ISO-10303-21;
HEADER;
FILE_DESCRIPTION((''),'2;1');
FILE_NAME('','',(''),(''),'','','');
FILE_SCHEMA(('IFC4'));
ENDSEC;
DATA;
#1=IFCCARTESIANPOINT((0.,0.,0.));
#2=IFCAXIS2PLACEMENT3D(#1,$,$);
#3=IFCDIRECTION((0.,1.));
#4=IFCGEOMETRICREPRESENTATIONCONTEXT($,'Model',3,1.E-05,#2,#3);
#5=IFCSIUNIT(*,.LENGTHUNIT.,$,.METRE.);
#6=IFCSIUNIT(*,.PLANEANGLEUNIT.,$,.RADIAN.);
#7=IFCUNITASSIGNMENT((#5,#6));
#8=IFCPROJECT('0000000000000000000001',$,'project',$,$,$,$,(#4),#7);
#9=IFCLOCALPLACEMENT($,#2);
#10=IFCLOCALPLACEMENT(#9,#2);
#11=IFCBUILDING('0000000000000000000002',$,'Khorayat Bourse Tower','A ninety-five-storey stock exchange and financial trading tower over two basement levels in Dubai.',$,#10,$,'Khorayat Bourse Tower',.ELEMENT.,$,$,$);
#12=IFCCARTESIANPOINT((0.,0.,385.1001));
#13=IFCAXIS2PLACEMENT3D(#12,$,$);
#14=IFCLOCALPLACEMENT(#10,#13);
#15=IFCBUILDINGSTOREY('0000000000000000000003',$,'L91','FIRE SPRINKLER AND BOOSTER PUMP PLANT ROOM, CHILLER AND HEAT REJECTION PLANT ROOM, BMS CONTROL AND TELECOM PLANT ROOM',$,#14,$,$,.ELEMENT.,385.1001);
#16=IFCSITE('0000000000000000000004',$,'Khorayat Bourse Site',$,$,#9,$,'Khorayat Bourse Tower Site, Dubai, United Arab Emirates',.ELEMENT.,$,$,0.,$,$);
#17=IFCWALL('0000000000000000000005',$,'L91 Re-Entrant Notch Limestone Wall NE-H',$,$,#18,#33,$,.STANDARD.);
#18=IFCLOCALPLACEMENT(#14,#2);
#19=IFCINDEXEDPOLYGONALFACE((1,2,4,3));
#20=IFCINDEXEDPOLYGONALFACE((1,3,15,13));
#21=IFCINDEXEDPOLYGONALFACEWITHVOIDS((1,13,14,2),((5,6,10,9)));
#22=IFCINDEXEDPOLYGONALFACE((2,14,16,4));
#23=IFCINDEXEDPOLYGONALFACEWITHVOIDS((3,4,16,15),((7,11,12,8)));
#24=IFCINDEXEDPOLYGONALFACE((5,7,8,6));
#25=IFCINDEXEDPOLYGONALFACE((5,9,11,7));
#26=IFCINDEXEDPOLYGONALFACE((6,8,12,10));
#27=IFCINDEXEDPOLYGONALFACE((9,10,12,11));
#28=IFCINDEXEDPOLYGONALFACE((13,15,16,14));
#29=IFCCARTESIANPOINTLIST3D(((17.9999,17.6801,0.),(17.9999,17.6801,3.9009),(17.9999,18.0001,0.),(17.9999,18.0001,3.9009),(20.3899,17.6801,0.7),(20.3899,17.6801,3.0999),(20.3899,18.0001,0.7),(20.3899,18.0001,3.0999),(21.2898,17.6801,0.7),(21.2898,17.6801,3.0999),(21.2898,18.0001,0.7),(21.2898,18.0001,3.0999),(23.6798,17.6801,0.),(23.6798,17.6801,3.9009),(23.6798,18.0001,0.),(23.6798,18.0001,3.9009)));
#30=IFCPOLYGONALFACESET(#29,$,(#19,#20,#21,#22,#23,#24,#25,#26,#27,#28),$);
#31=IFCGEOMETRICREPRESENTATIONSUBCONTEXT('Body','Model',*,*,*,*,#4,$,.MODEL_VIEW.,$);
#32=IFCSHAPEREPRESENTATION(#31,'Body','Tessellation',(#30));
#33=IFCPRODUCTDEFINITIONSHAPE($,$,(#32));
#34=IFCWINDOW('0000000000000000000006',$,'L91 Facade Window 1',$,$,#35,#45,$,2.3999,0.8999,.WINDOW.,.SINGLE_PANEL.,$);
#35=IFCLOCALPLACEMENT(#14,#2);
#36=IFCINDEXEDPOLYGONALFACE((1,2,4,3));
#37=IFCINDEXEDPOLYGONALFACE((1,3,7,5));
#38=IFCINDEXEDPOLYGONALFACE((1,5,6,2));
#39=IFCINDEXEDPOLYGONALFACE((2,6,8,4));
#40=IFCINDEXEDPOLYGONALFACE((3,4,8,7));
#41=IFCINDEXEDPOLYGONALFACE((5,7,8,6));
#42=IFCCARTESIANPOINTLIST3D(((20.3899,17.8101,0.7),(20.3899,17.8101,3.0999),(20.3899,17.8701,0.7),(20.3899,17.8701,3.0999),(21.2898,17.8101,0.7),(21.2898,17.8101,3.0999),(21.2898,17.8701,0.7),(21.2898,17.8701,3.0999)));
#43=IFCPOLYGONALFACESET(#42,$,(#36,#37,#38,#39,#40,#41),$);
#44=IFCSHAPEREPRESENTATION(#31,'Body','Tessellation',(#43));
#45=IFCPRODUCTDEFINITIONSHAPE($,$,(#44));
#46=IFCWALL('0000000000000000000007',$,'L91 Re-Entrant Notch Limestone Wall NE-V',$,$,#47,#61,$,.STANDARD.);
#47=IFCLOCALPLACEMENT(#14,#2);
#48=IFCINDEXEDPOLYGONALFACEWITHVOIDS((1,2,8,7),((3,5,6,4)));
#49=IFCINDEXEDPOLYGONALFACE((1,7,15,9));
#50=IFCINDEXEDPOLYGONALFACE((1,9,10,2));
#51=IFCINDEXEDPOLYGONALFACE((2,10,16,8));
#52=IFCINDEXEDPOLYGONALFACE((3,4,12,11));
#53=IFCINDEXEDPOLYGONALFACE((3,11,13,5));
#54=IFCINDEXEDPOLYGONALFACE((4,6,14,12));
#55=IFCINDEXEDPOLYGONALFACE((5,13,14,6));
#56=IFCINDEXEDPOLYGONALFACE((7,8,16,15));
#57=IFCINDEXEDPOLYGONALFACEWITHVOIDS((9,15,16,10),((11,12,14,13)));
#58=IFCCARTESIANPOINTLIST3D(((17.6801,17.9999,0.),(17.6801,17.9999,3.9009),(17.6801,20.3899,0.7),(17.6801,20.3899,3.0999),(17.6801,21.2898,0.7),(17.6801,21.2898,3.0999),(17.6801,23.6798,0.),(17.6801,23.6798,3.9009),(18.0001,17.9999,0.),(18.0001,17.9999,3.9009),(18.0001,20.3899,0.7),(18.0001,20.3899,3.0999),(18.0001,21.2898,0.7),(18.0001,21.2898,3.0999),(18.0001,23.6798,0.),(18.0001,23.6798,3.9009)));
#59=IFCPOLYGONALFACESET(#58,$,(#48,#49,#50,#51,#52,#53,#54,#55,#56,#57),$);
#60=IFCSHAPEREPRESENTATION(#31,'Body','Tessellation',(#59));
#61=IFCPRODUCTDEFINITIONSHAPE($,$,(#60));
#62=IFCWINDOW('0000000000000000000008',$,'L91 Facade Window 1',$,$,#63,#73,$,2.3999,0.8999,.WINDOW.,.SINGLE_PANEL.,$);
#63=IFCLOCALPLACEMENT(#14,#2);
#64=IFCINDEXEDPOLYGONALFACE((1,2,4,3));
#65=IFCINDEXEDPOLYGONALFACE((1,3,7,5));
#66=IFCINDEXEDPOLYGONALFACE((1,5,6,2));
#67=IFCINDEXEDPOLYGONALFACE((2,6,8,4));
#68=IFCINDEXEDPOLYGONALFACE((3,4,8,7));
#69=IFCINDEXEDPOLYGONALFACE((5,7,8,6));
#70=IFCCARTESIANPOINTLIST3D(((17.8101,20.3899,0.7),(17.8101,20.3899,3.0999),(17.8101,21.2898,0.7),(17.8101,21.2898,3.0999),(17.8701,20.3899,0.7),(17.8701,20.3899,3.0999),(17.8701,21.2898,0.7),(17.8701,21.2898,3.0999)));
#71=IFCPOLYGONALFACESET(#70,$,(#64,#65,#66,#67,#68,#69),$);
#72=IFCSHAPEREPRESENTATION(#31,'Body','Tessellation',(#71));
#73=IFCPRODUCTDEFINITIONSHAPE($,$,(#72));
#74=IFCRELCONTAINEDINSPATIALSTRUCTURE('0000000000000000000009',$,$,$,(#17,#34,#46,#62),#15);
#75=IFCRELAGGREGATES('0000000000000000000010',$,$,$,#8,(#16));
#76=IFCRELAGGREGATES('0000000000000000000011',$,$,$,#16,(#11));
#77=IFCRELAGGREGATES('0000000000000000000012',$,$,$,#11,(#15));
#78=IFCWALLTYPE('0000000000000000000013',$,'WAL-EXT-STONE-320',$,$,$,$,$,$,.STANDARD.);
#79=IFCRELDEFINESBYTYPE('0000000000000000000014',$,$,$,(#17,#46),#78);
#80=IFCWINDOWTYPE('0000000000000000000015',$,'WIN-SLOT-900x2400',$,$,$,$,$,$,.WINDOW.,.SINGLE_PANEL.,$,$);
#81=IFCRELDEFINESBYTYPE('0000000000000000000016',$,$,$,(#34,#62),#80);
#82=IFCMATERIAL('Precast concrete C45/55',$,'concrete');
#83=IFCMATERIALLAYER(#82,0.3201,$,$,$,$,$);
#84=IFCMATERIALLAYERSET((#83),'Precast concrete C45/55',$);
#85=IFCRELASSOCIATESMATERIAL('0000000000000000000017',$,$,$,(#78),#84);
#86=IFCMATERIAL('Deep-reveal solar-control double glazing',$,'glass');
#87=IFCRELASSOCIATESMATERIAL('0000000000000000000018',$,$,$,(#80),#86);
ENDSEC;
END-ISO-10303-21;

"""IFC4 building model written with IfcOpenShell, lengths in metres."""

from ifc_helpers import new_model, si_unit, direction, frame, frame_2d, origin, place, context, subcontext, project, spatial, rectangle, extrude, source, transform, mapped, material, layer, layer_set, type_object, element, fill, save


model = new_model("IFC4")

# Units and contexts
model_context = context("Model", 3, precision=1e-05, world=origin(), true_north=direction((0.0, 1.0)))
body_context = subcontext(model_context, "Body", "Model", "MODEL_VIEW")
ifc_project = project(units=[si_unit("LENGTHUNIT", "METRE"), si_unit("PLANEANGLEUNIT", "RADIAN")], contexts=[model_context])

# Site, building, storey
site_placement = place(None, origin())
site = spatial("IfcSite", under=ifc_project, at=site_placement, Name="Khorayat Bourse Site", LongName="Khorayat Bourse Tower Site, Dubai, United Arab Emirates", CompositionType="ELEMENT", RefElevation=0.0)
building_placement = place(site_placement, origin())
building = spatial("IfcBuilding", under=site, at=building_placement, Name="Khorayat Bourse Tower", Description="A ninety-five-storey stock exchange and financial trading tower over two basement levels in Dubai.", LongName="Khorayat Bourse Tower", CompositionType="ELEMENT")
storey_placement = place(building_placement, frame((0.0, 0.0, 385.1001)))
storey = spatial("IfcBuildingStorey", under=building, at=storey_placement, Name="L91", Description="FIRE SPRINKLER AND BOOSTER PUMP PLANT ROOM, CHILLER AND HEAT REJECTION PLANT ROOM, BMS CONTROL AND TELECOM PLANT ROOM", CompositionType="ELEMENT", Elevation=385.1001)

# Walls, openings, windows
ifc_material_1 = material(Name="Precast concrete C45/55", Category="concrete")
ifc_layer_1 = layer(ifc_material_1, 0.3201)
ifc_layer_set_1 = layer_set([ifc_layer_1], Name="Precast concrete C45/55")
wall_type = type_object("IfcWallType", Name="WAL-EXT-STONE-320", PredefinedType="STANDARD", material=ifc_layer_set_1)
shared_shape_1 = source(origin(), body_context, "Body", "SweptSolid", [
    extrude(rectangle(XDim=5.6799, YDim=0.3201, at=frame_2d((2.8398, 0.0))), origin(), (0.0, 0.0, 1.0), 3.9009),
])
wall_1_placement = place(storey_placement, frame((18.0, 17.8401, 0.0), z_axis=(0.0, 0.0, 1.0), x_axis=(1.0, 0.0, 0.0)))
wall_1 = element("IfcWall", 1, at=wall_1_placement, inside=storey, type_object=wall_type, Name="L91 Re-Entrant Notch Limestone Wall NE-H", PredefinedType="STANDARD", context=body_context, shape_type="MappedRepresentation", body=[
    mapped(shared_shape_1, transform((0.0, 0.0, 0.0), scale=1.0)),
])
shared_shape_2 = source(origin(), body_context, "Body", "SweptSolid", [
    extrude(rectangle(XDim=0.8999, YDim=2.3999, at=frame_2d((0.45, 1.2))), frame((0.0, 0.1699, 0.0), z_axis=(0.0, -1.0, 0.0), x_axis=(1.0, 0.0, 0.0)), (0.0, 0.0, 1.0), 0.3401),
])
opening_1_placement = place(wall_1_placement, frame((2.3899, 0.0, 0.7)))
opening_1 = element("IfcOpeningElement", 2, at=opening_1_placement, cuts=wall_1, PredefinedType="OPENING", context=body_context, shape_type="MappedRepresentation", body=[
    mapped(shared_shape_2, transform((0.0, 0.0, 0.0), scale=1.0)),
])
ifc_material_2 = material(Name="Deep-reveal solar-control double glazing", Category="glass")
window_type = type_object("IfcWindowType", Name="WIN-SLOT-900x2400", PartitioningType="SINGLE_PANEL", PredefinedType="WINDOW", material=ifc_material_2)
shared_shape_3 = source(origin(), body_context, "Body", "SweptSolid", [
    extrude(rectangle(XDim=0.8999, YDim=2.3999, at=frame_2d((0.45, 1.2))), frame((0.0, 0.03, 0.0), z_axis=(0.0, -1.0, 0.0), x_axis=(1.0, 0.0, 0.0)), (0.0, 0.0, 1.0), 0.0601),
])
window_1_placement = place(opening_1_placement, origin())
window_1 = element("IfcWindow", 3, at=window_1_placement, inside=storey, type_object=window_type, Name="L91 Facade Window 1", OverallHeight=2.3999, OverallWidth=0.8999, PartitioningType="SINGLE_PANEL", PredefinedType="WINDOW", context=body_context, shape_type="MappedRepresentation", body=[
    mapped(shared_shape_3, transform((0.0, 0.0, 0.0), scale=1.0)),
])
fill(opening_1, window_1)
wall_2_placement = place(storey_placement, frame((17.8401, 18.0, 0.0), z_axis=(0.0, 0.0, 1.0), x_axis=(0.0, 1.0, 0.0)))
wall_2 = element("IfcWall", 4, at=wall_2_placement, inside=storey, type_object=wall_type, Name="L91 Re-Entrant Notch Limestone Wall NE-V", PredefinedType="STANDARD", context=body_context, shape_type="MappedRepresentation", body=[
    mapped(shared_shape_1, transform((0.0, 0.0, 0.0), scale=1.0)),
])
opening_2_placement = place(wall_2_placement, frame((2.3899, 0.0, 0.7)))
opening_2 = element("IfcOpeningElement", 5, at=opening_2_placement, cuts=wall_2, PredefinedType="OPENING", context=body_context, shape_type="MappedRepresentation", body=[
    mapped(shared_shape_2, transform((0.0, 0.0, 0.0), scale=1.0)),
])
window_2_placement = place(opening_2_placement, origin())
window_2 = element("IfcWindow", 6, at=window_2_placement, inside=storey, type_object=window_type, Name="L91 Facade Window 1", OverallHeight=2.3999, OverallWidth=0.8999, PartitioningType="SINGLE_PANEL", PredefinedType="WINDOW", context=body_context, shape_type="MappedRepresentation", body=[
    mapped(shared_shape_3, transform((0.0, 0.0, 0.0), scale=1.0)),
])
fill(opening_2, window_2)

save(model, "model.ifc")
